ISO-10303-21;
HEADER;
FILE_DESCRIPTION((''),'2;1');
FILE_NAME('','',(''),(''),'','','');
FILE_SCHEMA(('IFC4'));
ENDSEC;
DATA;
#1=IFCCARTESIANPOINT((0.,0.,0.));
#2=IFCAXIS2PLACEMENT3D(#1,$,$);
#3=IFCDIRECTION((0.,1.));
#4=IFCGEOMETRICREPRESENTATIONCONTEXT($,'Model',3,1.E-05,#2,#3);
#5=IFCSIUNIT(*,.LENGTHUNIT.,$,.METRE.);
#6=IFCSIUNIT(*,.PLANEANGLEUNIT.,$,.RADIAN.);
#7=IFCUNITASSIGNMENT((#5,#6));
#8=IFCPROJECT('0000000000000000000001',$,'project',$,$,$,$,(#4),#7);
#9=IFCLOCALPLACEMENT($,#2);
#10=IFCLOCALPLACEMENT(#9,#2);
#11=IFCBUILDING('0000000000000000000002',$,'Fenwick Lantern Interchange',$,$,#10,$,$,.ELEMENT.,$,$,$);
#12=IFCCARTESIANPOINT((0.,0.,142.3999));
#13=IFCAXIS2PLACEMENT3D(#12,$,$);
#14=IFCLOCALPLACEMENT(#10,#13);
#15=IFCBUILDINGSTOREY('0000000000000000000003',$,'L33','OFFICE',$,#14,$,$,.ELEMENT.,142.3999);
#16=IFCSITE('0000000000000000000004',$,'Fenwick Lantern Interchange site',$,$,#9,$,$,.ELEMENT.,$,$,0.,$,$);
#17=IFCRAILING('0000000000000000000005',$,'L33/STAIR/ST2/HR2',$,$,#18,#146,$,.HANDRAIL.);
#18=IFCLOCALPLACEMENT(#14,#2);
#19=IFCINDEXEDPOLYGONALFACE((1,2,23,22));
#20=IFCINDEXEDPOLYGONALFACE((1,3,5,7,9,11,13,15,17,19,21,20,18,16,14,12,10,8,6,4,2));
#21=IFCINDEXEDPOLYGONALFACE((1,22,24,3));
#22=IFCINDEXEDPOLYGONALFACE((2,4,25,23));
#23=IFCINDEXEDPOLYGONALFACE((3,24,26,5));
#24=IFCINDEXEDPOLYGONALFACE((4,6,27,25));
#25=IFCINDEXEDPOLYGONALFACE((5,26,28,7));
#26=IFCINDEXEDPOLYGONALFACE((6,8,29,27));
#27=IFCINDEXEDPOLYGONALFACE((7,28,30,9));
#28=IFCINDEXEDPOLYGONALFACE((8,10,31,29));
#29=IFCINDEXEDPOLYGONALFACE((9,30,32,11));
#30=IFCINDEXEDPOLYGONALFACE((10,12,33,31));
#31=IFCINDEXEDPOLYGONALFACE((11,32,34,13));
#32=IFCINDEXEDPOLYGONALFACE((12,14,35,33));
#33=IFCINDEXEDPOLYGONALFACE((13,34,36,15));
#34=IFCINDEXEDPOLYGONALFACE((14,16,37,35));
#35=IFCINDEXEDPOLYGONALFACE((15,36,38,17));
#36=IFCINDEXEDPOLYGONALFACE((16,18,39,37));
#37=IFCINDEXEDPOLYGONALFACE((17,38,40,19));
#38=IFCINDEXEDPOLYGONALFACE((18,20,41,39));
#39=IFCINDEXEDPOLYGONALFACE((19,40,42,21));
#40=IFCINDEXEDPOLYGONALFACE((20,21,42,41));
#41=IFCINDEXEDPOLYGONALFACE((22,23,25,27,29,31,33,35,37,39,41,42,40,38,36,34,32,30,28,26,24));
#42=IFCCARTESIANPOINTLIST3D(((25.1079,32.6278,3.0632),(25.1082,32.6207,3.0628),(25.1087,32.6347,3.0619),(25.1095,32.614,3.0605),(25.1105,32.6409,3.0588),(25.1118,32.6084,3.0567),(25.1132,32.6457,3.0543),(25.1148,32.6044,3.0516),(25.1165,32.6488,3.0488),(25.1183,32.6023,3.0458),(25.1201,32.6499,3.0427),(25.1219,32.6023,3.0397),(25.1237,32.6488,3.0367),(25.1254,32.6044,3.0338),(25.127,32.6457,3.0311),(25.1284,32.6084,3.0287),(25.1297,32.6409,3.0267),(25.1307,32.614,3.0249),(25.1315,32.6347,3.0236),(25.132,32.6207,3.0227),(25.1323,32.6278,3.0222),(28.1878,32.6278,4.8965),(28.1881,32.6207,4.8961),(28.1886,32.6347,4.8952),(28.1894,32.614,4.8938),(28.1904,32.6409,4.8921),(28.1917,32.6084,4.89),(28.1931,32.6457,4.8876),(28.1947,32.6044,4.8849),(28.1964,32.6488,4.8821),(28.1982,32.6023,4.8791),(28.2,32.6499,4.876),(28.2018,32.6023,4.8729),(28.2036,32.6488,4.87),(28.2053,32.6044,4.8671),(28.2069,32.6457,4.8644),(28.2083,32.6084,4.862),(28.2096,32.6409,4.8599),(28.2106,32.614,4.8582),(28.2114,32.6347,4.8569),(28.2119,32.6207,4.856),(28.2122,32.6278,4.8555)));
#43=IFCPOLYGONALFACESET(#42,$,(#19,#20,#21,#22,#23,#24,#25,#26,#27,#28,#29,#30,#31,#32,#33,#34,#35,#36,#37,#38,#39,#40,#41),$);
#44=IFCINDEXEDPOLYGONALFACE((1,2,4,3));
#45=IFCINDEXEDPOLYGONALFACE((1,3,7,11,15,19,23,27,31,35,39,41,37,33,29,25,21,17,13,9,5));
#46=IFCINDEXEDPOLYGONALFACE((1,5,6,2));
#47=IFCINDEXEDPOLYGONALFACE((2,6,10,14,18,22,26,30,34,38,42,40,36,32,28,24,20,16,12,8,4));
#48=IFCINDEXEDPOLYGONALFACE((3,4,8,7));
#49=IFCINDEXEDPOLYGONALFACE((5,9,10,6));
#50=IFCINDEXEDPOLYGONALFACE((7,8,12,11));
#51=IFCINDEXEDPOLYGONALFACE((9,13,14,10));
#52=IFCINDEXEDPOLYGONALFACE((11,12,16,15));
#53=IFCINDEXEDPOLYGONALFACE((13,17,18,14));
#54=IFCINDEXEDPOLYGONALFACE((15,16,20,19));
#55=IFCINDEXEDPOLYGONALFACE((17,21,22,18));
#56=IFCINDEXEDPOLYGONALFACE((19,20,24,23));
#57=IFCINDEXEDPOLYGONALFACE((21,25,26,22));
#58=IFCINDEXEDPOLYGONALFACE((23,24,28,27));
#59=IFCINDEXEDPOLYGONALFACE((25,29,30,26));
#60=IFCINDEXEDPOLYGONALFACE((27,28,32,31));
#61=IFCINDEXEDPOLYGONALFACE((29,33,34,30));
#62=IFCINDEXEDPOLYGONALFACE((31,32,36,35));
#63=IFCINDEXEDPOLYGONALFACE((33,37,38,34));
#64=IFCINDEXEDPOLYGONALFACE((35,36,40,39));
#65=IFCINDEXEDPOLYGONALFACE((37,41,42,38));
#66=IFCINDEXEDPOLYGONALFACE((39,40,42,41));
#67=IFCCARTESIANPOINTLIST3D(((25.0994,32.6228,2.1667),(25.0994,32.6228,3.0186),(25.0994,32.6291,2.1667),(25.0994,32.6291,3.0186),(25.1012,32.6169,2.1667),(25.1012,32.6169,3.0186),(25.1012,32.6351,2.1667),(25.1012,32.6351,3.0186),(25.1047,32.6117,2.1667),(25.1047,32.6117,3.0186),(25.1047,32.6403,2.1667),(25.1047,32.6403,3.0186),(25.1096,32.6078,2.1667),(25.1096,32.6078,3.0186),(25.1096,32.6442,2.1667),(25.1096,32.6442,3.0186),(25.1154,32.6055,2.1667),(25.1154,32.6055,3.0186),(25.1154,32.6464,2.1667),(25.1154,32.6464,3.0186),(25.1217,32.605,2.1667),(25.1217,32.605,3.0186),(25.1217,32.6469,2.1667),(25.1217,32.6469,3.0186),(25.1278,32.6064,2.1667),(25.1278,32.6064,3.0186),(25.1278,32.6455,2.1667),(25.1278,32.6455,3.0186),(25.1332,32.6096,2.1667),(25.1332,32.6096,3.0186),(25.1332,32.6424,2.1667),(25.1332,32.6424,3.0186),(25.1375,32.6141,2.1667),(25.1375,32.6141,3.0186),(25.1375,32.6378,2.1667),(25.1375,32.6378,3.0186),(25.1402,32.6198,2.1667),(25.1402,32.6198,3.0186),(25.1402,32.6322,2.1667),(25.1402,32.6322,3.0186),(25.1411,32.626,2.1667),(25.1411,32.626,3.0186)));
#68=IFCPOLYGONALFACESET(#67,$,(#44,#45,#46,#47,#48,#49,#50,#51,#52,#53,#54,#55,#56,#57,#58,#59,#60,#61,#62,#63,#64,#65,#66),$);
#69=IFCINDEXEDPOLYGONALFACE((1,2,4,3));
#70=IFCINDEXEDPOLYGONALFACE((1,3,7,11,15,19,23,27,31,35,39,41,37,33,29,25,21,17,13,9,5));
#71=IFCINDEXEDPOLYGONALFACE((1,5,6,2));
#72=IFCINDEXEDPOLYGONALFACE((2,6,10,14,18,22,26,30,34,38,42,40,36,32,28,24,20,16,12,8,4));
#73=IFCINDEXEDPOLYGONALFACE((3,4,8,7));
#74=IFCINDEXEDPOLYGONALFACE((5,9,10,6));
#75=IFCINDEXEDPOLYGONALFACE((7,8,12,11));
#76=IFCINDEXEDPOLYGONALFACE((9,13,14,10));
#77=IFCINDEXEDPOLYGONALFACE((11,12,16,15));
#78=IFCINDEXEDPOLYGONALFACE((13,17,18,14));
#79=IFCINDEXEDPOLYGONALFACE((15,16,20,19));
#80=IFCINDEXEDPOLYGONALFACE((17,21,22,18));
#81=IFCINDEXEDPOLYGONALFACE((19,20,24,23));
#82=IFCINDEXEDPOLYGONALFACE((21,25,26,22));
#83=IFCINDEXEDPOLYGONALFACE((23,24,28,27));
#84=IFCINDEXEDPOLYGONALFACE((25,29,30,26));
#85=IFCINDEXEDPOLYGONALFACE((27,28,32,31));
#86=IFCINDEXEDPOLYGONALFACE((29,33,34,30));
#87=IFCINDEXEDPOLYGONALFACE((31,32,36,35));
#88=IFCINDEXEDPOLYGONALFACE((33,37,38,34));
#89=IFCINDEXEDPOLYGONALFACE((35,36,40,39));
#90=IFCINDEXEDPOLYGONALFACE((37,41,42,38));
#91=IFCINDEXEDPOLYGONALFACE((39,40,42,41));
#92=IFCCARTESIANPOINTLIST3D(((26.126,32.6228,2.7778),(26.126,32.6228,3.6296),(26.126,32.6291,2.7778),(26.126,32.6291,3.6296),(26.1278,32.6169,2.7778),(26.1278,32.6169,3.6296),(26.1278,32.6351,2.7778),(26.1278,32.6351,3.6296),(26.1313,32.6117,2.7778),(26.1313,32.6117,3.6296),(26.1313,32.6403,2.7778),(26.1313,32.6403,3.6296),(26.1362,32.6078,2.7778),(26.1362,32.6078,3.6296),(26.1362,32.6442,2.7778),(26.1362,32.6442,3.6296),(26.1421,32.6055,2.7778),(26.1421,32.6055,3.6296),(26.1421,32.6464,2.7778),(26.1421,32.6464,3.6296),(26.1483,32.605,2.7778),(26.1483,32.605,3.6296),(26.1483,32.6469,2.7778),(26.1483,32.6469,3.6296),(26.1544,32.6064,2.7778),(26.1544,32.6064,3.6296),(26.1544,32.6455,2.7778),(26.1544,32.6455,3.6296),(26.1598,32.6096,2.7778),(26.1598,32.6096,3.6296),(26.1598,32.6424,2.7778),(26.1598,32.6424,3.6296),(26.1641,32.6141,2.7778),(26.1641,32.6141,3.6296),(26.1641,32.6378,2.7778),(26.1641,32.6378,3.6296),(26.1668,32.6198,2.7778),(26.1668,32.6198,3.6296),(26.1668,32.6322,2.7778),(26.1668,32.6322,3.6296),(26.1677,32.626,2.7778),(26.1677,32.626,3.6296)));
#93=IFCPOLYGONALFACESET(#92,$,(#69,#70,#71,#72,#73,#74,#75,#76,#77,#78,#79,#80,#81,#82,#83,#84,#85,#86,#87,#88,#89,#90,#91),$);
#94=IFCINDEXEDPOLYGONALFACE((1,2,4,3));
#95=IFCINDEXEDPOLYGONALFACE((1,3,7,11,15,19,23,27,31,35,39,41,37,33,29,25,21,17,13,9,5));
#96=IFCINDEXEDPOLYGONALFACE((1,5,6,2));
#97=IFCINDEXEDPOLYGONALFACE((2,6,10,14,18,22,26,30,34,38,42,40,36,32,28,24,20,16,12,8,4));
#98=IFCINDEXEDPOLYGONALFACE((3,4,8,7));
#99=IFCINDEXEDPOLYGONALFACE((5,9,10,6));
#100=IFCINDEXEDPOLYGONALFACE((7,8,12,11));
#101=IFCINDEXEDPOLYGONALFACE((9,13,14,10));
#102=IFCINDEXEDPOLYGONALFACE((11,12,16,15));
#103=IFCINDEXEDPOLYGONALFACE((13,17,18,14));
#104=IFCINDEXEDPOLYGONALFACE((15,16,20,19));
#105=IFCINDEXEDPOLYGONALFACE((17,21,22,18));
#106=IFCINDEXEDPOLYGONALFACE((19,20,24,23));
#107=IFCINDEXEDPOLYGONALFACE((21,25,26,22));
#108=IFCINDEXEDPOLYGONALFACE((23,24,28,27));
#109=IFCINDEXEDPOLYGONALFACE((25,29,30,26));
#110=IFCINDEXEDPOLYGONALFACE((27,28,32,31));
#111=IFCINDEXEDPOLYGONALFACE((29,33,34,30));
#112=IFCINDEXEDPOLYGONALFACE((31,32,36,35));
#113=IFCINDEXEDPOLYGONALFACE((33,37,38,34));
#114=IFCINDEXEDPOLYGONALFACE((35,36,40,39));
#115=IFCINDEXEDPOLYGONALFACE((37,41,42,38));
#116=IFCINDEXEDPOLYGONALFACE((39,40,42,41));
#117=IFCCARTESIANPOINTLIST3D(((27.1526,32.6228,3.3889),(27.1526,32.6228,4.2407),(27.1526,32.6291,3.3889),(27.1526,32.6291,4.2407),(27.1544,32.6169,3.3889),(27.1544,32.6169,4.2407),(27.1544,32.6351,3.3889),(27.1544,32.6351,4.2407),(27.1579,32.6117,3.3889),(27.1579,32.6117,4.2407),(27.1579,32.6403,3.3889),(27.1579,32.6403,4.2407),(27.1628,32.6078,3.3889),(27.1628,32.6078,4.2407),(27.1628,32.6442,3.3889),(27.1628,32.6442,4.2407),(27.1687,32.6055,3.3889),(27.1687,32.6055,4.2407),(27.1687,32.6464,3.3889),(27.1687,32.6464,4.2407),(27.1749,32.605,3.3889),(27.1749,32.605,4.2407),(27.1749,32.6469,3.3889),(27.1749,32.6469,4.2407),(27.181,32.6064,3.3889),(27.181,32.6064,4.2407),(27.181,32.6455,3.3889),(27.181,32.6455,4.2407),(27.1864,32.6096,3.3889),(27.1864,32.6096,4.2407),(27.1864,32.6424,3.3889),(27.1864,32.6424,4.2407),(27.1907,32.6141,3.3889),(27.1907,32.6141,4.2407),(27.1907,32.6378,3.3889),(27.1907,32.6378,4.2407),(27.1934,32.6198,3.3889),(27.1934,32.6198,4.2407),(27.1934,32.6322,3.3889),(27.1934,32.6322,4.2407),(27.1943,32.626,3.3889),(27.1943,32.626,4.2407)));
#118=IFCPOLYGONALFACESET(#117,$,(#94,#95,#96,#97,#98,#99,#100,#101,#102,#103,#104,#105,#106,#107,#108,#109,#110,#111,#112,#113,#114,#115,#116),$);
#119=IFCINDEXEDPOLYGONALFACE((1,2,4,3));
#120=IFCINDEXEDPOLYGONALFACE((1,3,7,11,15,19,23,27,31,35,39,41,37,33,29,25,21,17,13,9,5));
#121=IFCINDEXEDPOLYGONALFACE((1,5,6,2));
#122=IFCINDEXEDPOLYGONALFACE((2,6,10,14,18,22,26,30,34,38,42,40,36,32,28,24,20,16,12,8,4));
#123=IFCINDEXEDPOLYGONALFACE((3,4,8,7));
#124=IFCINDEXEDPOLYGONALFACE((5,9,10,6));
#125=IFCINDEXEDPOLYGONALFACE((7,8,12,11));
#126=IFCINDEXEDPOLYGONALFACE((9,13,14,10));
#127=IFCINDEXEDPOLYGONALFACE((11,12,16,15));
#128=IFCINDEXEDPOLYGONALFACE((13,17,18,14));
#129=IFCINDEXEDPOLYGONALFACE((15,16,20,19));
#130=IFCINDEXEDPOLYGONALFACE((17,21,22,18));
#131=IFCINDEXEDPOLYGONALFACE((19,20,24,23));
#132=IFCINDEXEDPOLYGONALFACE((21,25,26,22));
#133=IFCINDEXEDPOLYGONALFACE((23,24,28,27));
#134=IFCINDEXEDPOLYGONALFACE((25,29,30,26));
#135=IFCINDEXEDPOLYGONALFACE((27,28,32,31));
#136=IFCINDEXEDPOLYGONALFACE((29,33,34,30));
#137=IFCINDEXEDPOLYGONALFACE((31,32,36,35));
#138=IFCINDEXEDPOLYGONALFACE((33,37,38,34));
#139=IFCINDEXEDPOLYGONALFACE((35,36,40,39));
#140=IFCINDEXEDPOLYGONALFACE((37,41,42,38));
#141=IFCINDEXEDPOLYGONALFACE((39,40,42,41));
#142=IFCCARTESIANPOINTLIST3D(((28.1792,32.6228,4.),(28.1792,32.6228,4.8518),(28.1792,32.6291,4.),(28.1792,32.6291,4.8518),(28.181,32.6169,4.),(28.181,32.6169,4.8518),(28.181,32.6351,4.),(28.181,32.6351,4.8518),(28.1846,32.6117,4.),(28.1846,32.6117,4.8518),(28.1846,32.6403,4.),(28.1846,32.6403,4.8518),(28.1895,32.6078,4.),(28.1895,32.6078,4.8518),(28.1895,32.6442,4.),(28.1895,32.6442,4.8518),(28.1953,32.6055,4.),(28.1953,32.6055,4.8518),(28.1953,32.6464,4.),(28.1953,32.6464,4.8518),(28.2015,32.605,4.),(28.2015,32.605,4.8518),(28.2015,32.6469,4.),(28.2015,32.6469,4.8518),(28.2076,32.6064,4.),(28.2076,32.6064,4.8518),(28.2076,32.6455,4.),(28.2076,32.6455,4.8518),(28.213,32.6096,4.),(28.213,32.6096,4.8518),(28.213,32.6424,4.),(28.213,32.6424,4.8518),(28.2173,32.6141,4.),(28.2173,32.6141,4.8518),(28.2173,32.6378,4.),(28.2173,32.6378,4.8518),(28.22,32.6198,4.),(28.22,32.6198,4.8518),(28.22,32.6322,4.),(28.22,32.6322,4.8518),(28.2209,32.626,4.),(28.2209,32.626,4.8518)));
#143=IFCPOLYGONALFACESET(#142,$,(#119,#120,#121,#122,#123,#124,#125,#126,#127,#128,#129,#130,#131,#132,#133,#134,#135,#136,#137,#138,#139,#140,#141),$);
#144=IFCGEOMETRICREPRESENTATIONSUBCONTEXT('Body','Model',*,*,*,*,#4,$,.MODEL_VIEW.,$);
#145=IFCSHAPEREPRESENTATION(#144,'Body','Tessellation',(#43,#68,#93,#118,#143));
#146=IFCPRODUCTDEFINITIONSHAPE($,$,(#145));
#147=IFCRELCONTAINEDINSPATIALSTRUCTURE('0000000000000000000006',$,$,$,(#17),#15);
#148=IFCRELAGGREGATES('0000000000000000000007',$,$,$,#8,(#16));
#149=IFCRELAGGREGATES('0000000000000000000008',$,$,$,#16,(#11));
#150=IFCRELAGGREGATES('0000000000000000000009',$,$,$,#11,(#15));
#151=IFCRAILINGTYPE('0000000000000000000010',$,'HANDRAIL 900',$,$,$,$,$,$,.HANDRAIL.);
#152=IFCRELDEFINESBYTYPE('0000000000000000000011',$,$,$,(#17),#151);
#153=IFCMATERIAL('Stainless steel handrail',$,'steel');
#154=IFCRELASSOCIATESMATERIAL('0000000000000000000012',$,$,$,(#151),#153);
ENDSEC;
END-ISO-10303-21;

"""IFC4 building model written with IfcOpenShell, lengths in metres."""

from ifc_helpers import new_model, si_unit, direction, frame, origin, origin_2d, place, context, subcontext, project, spatial, circle, extrude, material, type_object, element, save


model = new_model("IFC4")

# Units and contexts
model_context = context("Model", 3, precision=1e-05, world=origin(), true_north=direction((0.0, 1.0)))
body_context = subcontext(model_context, "Body", "Model", "MODEL_VIEW")
ifc_project = project(units=[si_unit("LENGTHUNIT", "METRE"), si_unit("PLANEANGLEUNIT", "RADIAN")], contexts=[model_context])

# Site, building, storey
site_placement = place(None, origin())
site = spatial("IfcSite", under=ifc_project, at=site_placement, Name="Fenwick Lantern Interchange site", CompositionType="ELEMENT", RefElevation=0.0)
building_placement = place(site_placement, origin())
building = spatial("IfcBuilding", under=site, at=building_placement, Name="Fenwick Lantern Interchange", CompositionType="ELEMENT")
storey_placement = place(building_placement, frame((0.0, 0.0, 142.3999)))
storey = spatial("IfcBuildingStorey", under=building, at=storey_placement, Name="L33", Description="OFFICE", CompositionType="ELEMENT", Elevation=142.3999)

# Railing
ifc_material_1 = material(Name="Stainless steel handrail", Category="steel")
railing_type = type_object("IfcRailingType", Name="HANDRAIL 900", PredefinedType="HANDRAIL", material=ifc_material_1)
railing_1_placement = place(storey_placement, frame((25.1201, 32.626, 2.1667)))
element("IfcRailing", 1, at=railing_1_placement, inside=storey, type_object=railing_type, Name="L33/STAIR/ST2/HR2", PredefinedType="HANDRAIL", context=body_context, shape_type="SweptSolid", body=[
    extrude(circle(Radius=0.0239, at=origin_2d()), frame((0.0, 0.0, 0.876), z_axis=(0.859291, 0.0, 0.511487), x_axis=(0.0, 1.0, 0.0)), (0.0, 0.0, 1.0), 3.5842),
    extrude(circle(Radius=0.021, at=origin_2d()), origin(), (0.0, 0.0, 1.0), 0.8518),
    extrude(circle(Radius=0.021, at=origin_2d()), frame((1.0266, 0.0, 0.6111)), (0.0, 0.0, 1.0), 0.8518),
    extrude(circle(Radius=0.021, at=origin_2d()), frame((2.0532, 0.0, 1.2222)), (0.0, 0.0, 1.0), 0.8518),
    extrude(circle(Radius=0.021, at=origin_2d()), frame((3.0798, 0.0, 1.8333)), (0.0, 0.0, 1.0), 0.8518),
])

save(model, "model.ifc")
